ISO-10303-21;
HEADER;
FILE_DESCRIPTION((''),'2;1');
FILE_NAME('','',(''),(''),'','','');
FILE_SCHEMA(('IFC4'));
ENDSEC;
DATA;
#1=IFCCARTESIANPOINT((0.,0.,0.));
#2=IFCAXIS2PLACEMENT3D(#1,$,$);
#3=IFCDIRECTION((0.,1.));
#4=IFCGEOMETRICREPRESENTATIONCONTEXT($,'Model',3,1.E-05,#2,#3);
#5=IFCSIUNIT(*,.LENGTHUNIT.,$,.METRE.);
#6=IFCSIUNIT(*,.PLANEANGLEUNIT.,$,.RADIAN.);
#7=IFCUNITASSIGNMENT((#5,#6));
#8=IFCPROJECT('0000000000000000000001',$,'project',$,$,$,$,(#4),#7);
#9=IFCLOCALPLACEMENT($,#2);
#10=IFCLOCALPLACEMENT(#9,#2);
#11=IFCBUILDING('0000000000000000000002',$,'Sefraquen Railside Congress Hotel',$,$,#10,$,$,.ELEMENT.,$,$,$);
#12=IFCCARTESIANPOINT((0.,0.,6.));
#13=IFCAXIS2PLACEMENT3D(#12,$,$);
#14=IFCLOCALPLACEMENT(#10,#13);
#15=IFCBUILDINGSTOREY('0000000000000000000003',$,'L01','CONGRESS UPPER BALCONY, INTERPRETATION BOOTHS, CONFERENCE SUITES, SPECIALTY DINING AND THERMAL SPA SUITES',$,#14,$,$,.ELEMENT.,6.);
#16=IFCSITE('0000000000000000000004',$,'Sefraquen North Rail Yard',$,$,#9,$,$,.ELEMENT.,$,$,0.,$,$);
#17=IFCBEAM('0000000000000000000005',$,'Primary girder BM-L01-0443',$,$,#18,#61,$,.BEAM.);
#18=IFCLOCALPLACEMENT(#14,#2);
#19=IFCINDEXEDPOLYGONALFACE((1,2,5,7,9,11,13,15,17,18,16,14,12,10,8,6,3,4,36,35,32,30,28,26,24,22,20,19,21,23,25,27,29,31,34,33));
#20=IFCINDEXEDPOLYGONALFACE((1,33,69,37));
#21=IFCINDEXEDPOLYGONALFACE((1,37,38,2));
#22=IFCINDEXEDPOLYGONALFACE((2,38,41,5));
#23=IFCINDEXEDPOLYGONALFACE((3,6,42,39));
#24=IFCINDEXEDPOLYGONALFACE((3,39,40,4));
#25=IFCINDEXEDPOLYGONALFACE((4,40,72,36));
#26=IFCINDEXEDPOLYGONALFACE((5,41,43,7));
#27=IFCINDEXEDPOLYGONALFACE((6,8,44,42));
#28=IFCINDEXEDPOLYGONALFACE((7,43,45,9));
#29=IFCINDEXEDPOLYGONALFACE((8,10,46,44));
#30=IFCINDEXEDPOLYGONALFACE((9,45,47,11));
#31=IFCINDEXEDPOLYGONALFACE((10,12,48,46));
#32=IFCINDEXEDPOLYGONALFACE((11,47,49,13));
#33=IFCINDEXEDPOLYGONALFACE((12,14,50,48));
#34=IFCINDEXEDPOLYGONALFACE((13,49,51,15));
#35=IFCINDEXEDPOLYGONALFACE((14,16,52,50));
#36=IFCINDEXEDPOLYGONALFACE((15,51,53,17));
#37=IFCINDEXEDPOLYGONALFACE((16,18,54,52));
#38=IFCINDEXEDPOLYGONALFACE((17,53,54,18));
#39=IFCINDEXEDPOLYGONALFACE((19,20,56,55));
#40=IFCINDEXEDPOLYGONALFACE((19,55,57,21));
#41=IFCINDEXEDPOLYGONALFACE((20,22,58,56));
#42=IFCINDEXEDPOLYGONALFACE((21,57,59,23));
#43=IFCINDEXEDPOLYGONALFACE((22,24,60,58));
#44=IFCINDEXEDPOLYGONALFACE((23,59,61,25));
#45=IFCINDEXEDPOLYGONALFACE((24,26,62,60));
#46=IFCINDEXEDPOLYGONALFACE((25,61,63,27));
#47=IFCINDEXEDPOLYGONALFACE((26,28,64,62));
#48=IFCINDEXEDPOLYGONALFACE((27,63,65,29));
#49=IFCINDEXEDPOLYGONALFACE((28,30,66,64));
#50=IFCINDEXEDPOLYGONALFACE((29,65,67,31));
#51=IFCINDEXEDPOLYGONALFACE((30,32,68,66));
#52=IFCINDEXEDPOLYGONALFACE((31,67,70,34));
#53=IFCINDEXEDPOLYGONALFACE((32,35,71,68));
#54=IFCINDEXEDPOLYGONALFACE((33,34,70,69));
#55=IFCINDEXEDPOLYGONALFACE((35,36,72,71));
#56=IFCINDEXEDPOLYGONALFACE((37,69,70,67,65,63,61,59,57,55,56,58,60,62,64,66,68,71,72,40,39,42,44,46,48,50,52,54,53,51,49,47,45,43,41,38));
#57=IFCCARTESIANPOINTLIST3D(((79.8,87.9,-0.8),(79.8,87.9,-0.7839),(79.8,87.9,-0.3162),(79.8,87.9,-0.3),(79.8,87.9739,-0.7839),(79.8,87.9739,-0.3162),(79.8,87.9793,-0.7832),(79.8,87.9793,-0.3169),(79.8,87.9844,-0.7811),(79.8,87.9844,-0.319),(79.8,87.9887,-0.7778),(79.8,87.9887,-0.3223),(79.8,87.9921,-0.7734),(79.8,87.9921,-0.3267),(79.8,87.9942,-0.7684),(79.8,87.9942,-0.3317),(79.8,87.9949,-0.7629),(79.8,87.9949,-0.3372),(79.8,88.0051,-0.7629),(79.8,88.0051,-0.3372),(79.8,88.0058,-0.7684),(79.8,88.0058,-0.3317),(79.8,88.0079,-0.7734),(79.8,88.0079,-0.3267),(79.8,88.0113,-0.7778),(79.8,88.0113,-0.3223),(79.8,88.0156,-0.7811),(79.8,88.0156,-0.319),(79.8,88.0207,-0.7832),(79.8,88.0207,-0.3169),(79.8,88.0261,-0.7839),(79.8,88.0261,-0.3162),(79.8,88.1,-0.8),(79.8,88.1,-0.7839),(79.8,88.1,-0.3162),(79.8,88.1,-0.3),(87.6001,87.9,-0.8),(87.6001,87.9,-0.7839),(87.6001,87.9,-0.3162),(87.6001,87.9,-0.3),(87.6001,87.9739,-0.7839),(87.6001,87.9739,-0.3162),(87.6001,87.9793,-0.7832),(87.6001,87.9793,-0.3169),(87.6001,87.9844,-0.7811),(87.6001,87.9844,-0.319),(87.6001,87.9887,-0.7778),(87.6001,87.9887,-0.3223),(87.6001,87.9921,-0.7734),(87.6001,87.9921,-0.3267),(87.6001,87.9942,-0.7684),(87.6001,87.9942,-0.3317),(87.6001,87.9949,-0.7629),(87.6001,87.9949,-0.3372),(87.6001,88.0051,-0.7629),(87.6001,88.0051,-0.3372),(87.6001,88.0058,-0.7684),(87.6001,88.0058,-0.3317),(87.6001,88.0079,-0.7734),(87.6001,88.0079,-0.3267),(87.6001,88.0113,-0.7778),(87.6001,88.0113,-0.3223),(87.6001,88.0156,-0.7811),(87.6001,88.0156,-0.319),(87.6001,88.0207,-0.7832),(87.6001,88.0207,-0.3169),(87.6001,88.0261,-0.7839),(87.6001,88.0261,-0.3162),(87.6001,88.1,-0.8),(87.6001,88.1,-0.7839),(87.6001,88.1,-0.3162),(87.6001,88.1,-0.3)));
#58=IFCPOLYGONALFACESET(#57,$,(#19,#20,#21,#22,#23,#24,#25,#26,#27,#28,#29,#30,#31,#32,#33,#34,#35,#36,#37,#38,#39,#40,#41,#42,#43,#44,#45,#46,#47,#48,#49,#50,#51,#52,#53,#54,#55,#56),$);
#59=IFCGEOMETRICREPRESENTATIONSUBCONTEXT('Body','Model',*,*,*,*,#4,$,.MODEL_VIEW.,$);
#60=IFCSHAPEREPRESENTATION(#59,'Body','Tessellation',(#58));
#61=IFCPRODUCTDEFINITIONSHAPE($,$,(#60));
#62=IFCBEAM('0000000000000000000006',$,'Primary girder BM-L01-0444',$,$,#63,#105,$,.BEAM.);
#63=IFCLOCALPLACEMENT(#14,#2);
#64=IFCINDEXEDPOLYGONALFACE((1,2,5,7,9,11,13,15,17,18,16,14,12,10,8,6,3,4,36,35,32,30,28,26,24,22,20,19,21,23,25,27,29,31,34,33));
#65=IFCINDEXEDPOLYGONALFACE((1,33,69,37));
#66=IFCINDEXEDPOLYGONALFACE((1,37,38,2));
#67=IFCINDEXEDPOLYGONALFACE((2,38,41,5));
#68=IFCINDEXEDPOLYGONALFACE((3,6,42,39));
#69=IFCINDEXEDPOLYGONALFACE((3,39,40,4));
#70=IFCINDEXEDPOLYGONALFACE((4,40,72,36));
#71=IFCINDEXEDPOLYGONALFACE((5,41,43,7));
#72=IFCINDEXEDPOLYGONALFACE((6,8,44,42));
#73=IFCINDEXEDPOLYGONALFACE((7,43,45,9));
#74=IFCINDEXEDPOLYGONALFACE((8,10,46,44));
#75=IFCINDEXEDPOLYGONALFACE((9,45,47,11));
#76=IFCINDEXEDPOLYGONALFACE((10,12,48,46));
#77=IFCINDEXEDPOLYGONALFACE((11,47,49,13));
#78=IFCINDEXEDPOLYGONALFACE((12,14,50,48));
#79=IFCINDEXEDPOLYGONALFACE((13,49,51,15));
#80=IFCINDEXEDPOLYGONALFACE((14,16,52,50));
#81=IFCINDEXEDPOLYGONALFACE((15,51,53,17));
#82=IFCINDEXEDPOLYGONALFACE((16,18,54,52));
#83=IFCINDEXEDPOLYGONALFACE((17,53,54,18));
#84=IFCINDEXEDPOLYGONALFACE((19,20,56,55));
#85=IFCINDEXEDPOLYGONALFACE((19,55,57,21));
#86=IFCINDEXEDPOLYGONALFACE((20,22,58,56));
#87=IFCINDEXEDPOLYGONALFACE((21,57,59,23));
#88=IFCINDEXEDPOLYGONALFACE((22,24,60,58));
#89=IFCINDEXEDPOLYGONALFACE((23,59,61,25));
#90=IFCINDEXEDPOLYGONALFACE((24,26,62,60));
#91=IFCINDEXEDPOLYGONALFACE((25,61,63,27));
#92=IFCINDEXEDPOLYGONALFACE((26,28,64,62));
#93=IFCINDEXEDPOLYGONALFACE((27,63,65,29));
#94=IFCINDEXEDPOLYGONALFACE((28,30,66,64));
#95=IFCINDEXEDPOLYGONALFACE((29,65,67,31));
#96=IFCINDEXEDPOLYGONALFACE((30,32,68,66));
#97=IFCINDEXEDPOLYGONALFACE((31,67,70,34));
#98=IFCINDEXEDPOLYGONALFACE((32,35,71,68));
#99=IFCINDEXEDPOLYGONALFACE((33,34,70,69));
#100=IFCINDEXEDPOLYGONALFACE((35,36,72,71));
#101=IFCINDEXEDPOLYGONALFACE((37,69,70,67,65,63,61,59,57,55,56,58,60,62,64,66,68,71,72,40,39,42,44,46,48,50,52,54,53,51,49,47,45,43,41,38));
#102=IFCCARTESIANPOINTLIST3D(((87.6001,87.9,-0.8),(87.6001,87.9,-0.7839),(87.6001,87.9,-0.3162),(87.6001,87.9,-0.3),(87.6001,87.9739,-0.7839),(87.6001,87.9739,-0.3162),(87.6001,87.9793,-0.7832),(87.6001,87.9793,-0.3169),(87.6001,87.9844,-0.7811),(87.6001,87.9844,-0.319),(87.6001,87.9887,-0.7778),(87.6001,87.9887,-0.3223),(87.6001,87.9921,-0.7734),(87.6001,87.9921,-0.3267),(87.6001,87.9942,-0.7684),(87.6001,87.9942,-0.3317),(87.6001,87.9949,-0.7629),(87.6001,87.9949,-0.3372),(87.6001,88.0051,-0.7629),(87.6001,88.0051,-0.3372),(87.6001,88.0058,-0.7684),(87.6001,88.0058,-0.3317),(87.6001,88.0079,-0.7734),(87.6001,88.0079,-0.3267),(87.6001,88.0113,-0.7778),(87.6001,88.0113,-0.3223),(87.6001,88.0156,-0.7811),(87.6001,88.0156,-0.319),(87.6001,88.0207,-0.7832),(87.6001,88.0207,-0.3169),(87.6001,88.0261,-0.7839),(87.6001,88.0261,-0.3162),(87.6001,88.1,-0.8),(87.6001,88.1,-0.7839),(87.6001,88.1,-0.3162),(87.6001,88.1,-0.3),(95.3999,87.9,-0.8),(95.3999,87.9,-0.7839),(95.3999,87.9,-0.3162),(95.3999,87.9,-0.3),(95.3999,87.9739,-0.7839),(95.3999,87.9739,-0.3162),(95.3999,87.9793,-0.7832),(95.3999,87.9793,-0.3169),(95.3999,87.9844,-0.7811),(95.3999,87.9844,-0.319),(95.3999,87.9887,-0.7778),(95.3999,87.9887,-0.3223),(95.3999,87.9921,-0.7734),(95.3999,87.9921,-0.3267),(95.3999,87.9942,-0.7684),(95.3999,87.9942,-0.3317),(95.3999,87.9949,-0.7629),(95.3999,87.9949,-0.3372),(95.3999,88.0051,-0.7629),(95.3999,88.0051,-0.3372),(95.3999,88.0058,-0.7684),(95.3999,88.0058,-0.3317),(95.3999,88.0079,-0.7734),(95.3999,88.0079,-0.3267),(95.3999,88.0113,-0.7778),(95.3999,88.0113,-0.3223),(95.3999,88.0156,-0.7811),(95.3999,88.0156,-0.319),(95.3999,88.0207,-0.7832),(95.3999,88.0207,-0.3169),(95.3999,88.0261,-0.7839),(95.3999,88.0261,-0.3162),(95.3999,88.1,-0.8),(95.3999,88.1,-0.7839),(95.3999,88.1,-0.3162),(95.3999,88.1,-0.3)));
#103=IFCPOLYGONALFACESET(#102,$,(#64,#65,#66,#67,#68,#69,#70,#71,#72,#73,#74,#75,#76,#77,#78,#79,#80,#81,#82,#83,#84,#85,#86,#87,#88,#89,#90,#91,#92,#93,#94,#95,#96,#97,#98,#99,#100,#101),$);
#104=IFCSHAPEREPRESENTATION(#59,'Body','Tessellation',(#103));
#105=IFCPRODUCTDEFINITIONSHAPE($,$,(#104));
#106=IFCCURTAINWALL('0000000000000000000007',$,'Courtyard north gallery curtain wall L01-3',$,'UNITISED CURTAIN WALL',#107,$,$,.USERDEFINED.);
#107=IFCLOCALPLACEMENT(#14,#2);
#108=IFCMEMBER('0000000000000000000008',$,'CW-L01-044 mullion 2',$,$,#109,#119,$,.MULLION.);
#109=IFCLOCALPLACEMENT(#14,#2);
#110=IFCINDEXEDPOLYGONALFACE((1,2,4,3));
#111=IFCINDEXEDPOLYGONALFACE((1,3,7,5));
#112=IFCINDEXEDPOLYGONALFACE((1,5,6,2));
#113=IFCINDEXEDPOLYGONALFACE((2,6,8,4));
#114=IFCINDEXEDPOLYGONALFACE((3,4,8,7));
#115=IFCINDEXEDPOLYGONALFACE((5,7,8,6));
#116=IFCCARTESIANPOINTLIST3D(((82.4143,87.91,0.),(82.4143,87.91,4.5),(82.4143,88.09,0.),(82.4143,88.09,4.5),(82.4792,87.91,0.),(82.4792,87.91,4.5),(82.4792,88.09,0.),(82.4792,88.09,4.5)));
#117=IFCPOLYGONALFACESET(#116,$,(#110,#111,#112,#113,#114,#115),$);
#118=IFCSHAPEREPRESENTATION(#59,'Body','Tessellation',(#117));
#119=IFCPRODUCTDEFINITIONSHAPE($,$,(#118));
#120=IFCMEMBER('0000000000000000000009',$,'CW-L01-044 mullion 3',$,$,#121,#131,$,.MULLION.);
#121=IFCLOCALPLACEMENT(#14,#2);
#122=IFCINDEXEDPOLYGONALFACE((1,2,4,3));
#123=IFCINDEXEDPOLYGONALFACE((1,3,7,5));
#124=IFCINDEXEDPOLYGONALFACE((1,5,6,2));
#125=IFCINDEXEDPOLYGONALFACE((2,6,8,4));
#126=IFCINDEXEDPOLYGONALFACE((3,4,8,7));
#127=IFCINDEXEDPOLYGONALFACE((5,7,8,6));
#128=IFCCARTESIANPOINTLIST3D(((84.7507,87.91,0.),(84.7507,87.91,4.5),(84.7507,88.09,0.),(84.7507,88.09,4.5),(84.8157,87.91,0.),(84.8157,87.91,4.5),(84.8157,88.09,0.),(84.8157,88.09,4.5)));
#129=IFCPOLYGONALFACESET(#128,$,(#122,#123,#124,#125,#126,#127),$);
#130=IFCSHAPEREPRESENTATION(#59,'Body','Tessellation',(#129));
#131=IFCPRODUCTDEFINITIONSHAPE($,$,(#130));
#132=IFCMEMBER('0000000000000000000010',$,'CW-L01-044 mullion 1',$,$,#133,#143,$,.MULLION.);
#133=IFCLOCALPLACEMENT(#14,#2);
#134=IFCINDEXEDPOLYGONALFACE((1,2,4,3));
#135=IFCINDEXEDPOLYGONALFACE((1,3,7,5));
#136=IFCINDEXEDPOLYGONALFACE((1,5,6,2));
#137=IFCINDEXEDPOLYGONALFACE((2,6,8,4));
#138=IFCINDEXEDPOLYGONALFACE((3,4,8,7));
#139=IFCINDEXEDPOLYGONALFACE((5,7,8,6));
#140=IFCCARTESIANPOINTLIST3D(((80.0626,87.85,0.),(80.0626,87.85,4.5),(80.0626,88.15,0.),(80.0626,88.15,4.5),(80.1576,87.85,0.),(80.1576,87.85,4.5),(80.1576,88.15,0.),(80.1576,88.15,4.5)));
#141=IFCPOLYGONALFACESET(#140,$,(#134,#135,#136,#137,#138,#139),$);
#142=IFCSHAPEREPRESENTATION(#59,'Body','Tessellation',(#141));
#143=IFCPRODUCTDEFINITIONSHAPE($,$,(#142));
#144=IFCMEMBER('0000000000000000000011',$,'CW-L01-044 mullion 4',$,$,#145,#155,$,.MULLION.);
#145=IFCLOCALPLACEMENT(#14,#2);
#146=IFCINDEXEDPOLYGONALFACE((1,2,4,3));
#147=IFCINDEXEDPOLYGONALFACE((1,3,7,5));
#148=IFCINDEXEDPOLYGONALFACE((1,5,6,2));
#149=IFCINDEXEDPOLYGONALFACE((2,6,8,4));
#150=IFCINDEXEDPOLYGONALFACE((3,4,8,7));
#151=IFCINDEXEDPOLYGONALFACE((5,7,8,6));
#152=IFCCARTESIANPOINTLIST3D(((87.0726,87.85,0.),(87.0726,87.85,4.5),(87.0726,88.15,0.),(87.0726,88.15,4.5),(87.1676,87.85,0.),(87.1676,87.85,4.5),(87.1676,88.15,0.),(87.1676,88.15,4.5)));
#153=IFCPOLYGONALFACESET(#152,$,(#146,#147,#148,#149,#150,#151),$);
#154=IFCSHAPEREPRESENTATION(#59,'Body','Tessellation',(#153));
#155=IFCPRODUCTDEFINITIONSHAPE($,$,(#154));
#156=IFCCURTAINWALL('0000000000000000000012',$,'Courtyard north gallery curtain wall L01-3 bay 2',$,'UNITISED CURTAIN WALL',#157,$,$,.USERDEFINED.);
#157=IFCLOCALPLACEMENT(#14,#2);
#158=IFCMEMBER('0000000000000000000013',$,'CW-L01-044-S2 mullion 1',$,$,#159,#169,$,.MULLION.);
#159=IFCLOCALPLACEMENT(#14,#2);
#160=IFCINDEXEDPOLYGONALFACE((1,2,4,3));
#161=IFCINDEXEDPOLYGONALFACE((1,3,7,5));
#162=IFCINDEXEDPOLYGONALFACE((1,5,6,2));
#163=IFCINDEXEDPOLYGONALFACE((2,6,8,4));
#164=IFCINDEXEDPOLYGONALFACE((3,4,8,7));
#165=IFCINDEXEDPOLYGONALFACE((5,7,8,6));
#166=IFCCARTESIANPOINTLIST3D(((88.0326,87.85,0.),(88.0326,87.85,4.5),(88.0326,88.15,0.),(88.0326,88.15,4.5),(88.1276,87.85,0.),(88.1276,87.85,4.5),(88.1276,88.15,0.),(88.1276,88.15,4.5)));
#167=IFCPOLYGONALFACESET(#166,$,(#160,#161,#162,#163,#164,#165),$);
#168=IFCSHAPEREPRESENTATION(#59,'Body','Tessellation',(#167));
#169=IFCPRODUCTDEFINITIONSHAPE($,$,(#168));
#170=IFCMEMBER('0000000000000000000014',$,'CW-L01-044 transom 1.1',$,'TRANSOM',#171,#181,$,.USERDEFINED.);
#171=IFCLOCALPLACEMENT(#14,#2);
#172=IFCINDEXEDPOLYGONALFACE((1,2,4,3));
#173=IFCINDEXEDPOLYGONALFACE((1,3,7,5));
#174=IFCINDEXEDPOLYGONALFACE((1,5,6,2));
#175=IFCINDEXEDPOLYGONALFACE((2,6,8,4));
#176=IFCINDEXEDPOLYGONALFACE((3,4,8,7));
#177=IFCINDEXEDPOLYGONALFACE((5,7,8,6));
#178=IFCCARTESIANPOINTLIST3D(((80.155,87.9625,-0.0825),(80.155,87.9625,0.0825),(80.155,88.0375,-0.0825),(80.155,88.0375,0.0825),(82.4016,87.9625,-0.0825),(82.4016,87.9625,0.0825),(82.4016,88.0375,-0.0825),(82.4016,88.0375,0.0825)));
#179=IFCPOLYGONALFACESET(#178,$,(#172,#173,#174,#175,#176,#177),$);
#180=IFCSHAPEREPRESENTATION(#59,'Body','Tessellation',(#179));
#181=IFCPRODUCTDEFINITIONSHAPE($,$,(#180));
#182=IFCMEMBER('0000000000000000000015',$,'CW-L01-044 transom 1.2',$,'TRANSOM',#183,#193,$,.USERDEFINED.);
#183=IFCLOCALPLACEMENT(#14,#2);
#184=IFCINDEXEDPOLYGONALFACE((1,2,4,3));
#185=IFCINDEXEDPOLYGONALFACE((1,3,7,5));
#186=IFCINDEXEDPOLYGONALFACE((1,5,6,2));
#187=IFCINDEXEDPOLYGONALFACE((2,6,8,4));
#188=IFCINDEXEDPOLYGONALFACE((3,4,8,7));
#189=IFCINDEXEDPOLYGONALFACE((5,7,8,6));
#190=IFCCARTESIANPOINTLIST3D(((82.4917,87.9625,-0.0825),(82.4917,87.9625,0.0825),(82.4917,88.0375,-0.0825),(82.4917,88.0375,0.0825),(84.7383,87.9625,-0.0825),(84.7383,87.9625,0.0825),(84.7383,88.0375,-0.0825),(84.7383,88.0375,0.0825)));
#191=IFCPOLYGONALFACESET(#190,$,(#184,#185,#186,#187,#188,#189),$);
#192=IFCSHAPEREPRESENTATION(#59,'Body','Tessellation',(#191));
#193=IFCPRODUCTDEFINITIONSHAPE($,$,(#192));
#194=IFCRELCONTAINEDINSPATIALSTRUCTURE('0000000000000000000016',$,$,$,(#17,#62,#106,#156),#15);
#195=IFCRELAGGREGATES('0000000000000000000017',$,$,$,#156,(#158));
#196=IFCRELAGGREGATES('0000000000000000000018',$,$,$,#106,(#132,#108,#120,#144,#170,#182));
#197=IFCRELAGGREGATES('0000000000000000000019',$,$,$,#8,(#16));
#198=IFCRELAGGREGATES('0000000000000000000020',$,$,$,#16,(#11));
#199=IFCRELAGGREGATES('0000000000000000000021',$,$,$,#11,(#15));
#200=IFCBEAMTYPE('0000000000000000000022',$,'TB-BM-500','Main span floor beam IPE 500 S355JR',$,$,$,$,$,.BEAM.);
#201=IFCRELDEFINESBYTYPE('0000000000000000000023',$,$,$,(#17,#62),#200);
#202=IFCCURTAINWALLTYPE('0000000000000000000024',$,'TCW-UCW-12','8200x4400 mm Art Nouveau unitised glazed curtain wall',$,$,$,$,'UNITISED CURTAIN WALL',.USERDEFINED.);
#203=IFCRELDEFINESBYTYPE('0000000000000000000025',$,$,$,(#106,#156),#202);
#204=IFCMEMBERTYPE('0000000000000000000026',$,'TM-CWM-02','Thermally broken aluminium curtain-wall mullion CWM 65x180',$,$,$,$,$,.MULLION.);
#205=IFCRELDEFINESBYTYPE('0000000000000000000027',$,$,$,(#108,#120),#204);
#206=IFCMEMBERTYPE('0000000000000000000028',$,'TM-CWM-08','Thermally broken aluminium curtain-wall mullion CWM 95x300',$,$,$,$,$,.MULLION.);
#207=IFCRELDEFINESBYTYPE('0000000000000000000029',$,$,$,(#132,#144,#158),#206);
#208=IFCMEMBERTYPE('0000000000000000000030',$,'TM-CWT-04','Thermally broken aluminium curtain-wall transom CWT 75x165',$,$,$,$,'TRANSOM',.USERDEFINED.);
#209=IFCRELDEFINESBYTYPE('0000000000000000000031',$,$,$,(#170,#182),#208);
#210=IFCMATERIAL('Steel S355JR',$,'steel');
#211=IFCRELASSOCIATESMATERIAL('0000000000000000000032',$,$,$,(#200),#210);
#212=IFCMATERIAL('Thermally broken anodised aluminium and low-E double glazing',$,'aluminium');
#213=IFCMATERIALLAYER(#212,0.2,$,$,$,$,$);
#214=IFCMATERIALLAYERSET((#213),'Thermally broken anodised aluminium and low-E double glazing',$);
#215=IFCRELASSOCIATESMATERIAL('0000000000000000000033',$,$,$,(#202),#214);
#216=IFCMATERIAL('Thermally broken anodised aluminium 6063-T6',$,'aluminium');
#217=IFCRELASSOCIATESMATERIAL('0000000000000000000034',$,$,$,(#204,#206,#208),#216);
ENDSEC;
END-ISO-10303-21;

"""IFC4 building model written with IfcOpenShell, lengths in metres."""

from ifc_helpers import new_model, si_unit, direction, frame, origin, origin_2d, place, context, subcontext, project, spatial, rectangle, i_section, extrude, material, layer, layer_set, material_profile, profile_set, type_object, element, aggregate, save


model = new_model("IFC4")

# Units and contexts
model_context = context("Model", 3, precision=1e-05, world=origin(), true_north=direction((0.0, 1.0)))
body_context = subcontext(model_context, "Body", "Model", "MODEL_VIEW")
ifc_project = project(units=[si_unit("LENGTHUNIT", "METRE"), si_unit("PLANEANGLEUNIT", "RADIAN")], contexts=[model_context])

# Site, building, storey
site_placement = place(None, origin())
site = spatial("IfcSite", under=ifc_project, at=site_placement, Name="Sefraquen North Rail Yard", CompositionType="ELEMENT", RefElevation=0.0)
building_placement = place(site_placement, origin())
building = spatial("IfcBuilding", under=site, at=building_placement, Name="Sefraquen Railside Congress Hotel", CompositionType="ELEMENT")
storey_placement = place(building_placement, frame((0.0, 0.0, 6.0)))
storey = spatial("IfcBuildingStorey", under=building, at=storey_placement, Name="L01", Description="CONGRESS UPPER BALCONY, INTERPRETATION BOOTHS, CONFERENCE SUITES, SPECIALTY DINING AND THERMAL SPA SUITES", CompositionType="ELEMENT", Elevation=6.0)

# Shared definitions
ifc_material_1 = material(Name="Steel S355JR", Category="steel")

# Beams
ifc_material_profile_1 = material_profile(ifc_material_1, i_section(OverallWidth=0.2, OverallDepth=0.5, WebThickness=0.0103, FlangeThickness=0.0161, FilletRadius=0.021, at=origin_2d()), Name="IPE 500")
ifc_profile_set_1 = profile_set([ifc_material_profile_1], Name="Steel S355JR")
beam_type_1 = type_object("IfcBeamType", Name="TB-BM-500", Description="Main span floor beam IPE 500 S355JR", PredefinedType="BEAM", material=ifc_profile_set_1)
beam_1_placement = place(storey_placement, frame((79.8, 88.0, -0.55), z_axis=(1.0, 0.0, 0.0), x_axis=(0.0, 1.0, 0.0)))
element("IfcBeam", 1, at=beam_1_placement, inside=storey, type_object=beam_type_1, Name="Primary girder BM-L01-0443", PredefinedType="BEAM", context=body_context, shape_type="SweptSolid", body=[
    extrude(i_section(OverallWidth=0.2, OverallDepth=0.5, WebThickness=0.0103, FlangeThickness=0.0161, FilletRadius=0.021, at=origin_2d()), origin(), (0.0, 0.0, 1.0), 7.8),
])
beam_2_placement = place(storey_placement, frame((87.6001, 88.0, -0.55), z_axis=(1.0, 0.0, 0.0), x_axis=(0.0, 1.0, 0.0)))
element("IfcBeam", 2, at=beam_2_placement, inside=storey, type_object=beam_type_1, Name="Primary girder BM-L01-0444", PredefinedType="BEAM", context=body_context, shape_type="SweptSolid", body=[
    extrude(i_section(OverallWidth=0.2, OverallDepth=0.5, WebThickness=0.0103, FlangeThickness=0.0161, FilletRadius=0.021, at=origin_2d()), origin(), (0.0, 0.0, 1.0), 7.7998),
])

# Curtain wall, members
ifc_material_2 = material(Name="Thermally broken anodised aluminium and low-E double glazing", Category="aluminium")
ifc_layer_1 = layer(ifc_material_2, 0.2)
ifc_layer_set_1 = layer_set([ifc_layer_1], Name="Thermally broken anodised aluminium and low-E double glazing")
curtain_wall_type = type_object("IfcCurtainWallType", Name="TCW-UCW-12", Description="8200x4400 mm Art Nouveau unitised glazed curtain wall", ElementType="UNITISED CURTAIN WALL", PredefinedType="USERDEFINED", material=ifc_layer_set_1)
curtain_wall_1_placement = place(storey_placement, origin())
curtain_wall_1 = element("IfcCurtainWall", 3, at=curtain_wall_1_placement, inside=storey, type_object=curtain_wall_type, Name="Courtyard north gallery curtain wall L01-3", ObjectType="UNITISED CURTAIN WALL", PredefinedType="USERDEFINED")
ifc_material_3 = material(Name="Thermally broken anodised aluminium 6063-T6", Category="aluminium")
ifc_material_profile_2 = material_profile(ifc_material_3, rectangle(XDim=0.0649, YDim=0.1799, at=origin_2d()), Name="CWM 65x180")
ifc_profile_set_2 = profile_set([ifc_material_profile_2], Name="Thermally broken anodised aluminium 6063-T6")
member_type_1 = type_object("IfcMemberType", Name="TM-CWM-02", Description="Thermally broken aluminium curtain-wall mullion CWM 65x180", PredefinedType="MULLION", material=ifc_profile_set_2)
member_1_placement = place(storey_placement, frame((82.4468, 88.0, 0.0), z_axis=(0.0, 0.0, 1.0), x_axis=(1.0, 0.0, 0.0)))
member_1 = element("IfcMember", 4, at=member_1_placement, type_object=member_type_1, Name="CW-L01-044 mullion 2", PredefinedType="MULLION", context=body_context, shape_type="SweptSolid", body=[
    extrude(rectangle(XDim=0.0649, YDim=0.1799, at=origin_2d()), origin(), (0.0, 0.0, 1.0), 4.5),
])
member_2_placement = place(storey_placement, frame((84.7832, 88.0, 0.0), z_axis=(0.0, 0.0, 1.0), x_axis=(1.0, 0.0, 0.0)))
member_2 = element("IfcMember", 5, at=member_2_placement, type_object=member_type_1, Name="CW-L01-044 mullion 3", PredefinedType="MULLION", context=body_context, shape_type="SweptSolid", body=[
    extrude(rectangle(XDim=0.0649, YDim=0.1799, at=origin_2d()), origin(), (0.0, 0.0, 1.0), 4.5),
])
ifc_material_profile_3 = material_profile(ifc_material_3, rectangle(XDim=0.095, YDim=0.3, at=origin_2d()), Name="CWM 95x300")
ifc_profile_set_3 = profile_set([ifc_material_profile_3], Name="Thermally broken anodised aluminium 6063-T6")
member_type_2 = type_object("IfcMemberType", Name="TM-CWM-08", Description="Thermally broken aluminium curtain-wall mullion CWM 95x300", PredefinedType="MULLION", material=ifc_profile_set_3)
member_3_placement = place(storey_placement, frame((80.1101, 88.0, 0.0), z_axis=(0.0, 0.0, 1.0), x_axis=(1.0, 0.0, 0.0)))
member_3 = element("IfcMember", 6, at=member_3_placement, type_object=member_type_2, Name="CW-L01-044 mullion 1", PredefinedType="MULLION", context=body_context, shape_type="SweptSolid", body=[
    extrude(rectangle(XDim=0.095, YDim=0.3, at=origin_2d()), origin(), (0.0, 0.0, 1.0), 4.5),
])
member_4_placement = place(storey_placement, frame((87.1201, 88.0, 0.0), z_axis=(0.0, 0.0, 1.0), x_axis=(1.0, 0.0, 0.0)))
member_4 = element("IfcMember", 7, at=member_4_placement, type_object=member_type_2, Name="CW-L01-044 mullion 4", PredefinedType="MULLION", context=body_context, shape_type="SweptSolid", body=[
    extrude(rectangle(XDim=0.095, YDim=0.3, at=origin_2d()), origin(), (0.0, 0.0, 1.0), 4.5),
])

# Curtain wall, member
curtain_wall_2_placement = place(storey_placement, origin())
curtain_wall_2 = element("IfcCurtainWall", 8, at=curtain_wall_2_placement, inside=storey, type_object=curtain_wall_type, Name="Courtyard north gallery curtain wall L01-3 bay 2", ObjectType="UNITISED CURTAIN WALL", PredefinedType="USERDEFINED")
member_5_placement = place(storey_placement, frame((88.0801, 88.0, 0.0), z_axis=(0.0, 0.0, 1.0), x_axis=(1.0, 0.0, 0.0)))
member_5 = element("IfcMember", 9, at=member_5_placement, type_object=member_type_2, Name="CW-L01-044-S2 mullion 1", PredefinedType="MULLION", context=body_context, shape_type="SweptSolid", body=[
    extrude(rectangle(XDim=0.095, YDim=0.3, at=origin_2d()), origin(), (0.0, 0.0, 1.0), 4.5),
])

# Members
ifc_material_profile_4 = material_profile(ifc_material_3, rectangle(XDim=0.075, YDim=0.165, at=origin_2d()), Name="CWT 75x165")
ifc_profile_set_4 = profile_set([ifc_material_profile_4], Name="Thermally broken anodised aluminium 6063-T6")
member_type_3 = type_object("IfcMemberType", Name="TM-CWT-04", Description="Thermally broken aluminium curtain-wall transom CWT 75x165", ElementType="TRANSOM", PredefinedType="USERDEFINED", material=ifc_profile_set_4)
member_6_placement = place(storey_placement, frame((80.155, 88.0, 0.0), z_axis=(1.0, 0.0, 0.0), x_axis=(0.0, 1.0, 0.0)))
member_6 = element("IfcMember", 10, at=member_6_placement, type_object=member_type_3, Name="CW-L01-044 transom 1.1", ObjectType="TRANSOM", PredefinedType="USERDEFINED", context=body_context, shape_type="SweptSolid", body=[
    extrude(rectangle(XDim=0.075, YDim=0.165, at=origin_2d()), origin(), (0.0, 0.0, 1.0), 2.2466),
])
member_7_placement = place(storey_placement, frame((82.4917, 88.0, 0.0), z_axis=(1.0, 0.0, 0.0), x_axis=(0.0, 1.0, 0.0)))
member_7 = element("IfcMember", 11, at=member_7_placement, type_object=member_type_3, Name="CW-L01-044 transom 1.2", ObjectType="TRANSOM", PredefinedType="USERDEFINED", context=body_context, shape_type="SweptSolid", body=[
    extrude(rectangle(XDim=0.075, YDim=0.165, at=origin_2d()), origin(), (0.0, 0.0, 1.0), 2.2466),
])
aggregate(curtain_wall_2, [member_5])

aggregate(curtain_wall_1, [member_3, member_1, member_2, member_4, member_6, member_7])

save(model, "model.ifc")
